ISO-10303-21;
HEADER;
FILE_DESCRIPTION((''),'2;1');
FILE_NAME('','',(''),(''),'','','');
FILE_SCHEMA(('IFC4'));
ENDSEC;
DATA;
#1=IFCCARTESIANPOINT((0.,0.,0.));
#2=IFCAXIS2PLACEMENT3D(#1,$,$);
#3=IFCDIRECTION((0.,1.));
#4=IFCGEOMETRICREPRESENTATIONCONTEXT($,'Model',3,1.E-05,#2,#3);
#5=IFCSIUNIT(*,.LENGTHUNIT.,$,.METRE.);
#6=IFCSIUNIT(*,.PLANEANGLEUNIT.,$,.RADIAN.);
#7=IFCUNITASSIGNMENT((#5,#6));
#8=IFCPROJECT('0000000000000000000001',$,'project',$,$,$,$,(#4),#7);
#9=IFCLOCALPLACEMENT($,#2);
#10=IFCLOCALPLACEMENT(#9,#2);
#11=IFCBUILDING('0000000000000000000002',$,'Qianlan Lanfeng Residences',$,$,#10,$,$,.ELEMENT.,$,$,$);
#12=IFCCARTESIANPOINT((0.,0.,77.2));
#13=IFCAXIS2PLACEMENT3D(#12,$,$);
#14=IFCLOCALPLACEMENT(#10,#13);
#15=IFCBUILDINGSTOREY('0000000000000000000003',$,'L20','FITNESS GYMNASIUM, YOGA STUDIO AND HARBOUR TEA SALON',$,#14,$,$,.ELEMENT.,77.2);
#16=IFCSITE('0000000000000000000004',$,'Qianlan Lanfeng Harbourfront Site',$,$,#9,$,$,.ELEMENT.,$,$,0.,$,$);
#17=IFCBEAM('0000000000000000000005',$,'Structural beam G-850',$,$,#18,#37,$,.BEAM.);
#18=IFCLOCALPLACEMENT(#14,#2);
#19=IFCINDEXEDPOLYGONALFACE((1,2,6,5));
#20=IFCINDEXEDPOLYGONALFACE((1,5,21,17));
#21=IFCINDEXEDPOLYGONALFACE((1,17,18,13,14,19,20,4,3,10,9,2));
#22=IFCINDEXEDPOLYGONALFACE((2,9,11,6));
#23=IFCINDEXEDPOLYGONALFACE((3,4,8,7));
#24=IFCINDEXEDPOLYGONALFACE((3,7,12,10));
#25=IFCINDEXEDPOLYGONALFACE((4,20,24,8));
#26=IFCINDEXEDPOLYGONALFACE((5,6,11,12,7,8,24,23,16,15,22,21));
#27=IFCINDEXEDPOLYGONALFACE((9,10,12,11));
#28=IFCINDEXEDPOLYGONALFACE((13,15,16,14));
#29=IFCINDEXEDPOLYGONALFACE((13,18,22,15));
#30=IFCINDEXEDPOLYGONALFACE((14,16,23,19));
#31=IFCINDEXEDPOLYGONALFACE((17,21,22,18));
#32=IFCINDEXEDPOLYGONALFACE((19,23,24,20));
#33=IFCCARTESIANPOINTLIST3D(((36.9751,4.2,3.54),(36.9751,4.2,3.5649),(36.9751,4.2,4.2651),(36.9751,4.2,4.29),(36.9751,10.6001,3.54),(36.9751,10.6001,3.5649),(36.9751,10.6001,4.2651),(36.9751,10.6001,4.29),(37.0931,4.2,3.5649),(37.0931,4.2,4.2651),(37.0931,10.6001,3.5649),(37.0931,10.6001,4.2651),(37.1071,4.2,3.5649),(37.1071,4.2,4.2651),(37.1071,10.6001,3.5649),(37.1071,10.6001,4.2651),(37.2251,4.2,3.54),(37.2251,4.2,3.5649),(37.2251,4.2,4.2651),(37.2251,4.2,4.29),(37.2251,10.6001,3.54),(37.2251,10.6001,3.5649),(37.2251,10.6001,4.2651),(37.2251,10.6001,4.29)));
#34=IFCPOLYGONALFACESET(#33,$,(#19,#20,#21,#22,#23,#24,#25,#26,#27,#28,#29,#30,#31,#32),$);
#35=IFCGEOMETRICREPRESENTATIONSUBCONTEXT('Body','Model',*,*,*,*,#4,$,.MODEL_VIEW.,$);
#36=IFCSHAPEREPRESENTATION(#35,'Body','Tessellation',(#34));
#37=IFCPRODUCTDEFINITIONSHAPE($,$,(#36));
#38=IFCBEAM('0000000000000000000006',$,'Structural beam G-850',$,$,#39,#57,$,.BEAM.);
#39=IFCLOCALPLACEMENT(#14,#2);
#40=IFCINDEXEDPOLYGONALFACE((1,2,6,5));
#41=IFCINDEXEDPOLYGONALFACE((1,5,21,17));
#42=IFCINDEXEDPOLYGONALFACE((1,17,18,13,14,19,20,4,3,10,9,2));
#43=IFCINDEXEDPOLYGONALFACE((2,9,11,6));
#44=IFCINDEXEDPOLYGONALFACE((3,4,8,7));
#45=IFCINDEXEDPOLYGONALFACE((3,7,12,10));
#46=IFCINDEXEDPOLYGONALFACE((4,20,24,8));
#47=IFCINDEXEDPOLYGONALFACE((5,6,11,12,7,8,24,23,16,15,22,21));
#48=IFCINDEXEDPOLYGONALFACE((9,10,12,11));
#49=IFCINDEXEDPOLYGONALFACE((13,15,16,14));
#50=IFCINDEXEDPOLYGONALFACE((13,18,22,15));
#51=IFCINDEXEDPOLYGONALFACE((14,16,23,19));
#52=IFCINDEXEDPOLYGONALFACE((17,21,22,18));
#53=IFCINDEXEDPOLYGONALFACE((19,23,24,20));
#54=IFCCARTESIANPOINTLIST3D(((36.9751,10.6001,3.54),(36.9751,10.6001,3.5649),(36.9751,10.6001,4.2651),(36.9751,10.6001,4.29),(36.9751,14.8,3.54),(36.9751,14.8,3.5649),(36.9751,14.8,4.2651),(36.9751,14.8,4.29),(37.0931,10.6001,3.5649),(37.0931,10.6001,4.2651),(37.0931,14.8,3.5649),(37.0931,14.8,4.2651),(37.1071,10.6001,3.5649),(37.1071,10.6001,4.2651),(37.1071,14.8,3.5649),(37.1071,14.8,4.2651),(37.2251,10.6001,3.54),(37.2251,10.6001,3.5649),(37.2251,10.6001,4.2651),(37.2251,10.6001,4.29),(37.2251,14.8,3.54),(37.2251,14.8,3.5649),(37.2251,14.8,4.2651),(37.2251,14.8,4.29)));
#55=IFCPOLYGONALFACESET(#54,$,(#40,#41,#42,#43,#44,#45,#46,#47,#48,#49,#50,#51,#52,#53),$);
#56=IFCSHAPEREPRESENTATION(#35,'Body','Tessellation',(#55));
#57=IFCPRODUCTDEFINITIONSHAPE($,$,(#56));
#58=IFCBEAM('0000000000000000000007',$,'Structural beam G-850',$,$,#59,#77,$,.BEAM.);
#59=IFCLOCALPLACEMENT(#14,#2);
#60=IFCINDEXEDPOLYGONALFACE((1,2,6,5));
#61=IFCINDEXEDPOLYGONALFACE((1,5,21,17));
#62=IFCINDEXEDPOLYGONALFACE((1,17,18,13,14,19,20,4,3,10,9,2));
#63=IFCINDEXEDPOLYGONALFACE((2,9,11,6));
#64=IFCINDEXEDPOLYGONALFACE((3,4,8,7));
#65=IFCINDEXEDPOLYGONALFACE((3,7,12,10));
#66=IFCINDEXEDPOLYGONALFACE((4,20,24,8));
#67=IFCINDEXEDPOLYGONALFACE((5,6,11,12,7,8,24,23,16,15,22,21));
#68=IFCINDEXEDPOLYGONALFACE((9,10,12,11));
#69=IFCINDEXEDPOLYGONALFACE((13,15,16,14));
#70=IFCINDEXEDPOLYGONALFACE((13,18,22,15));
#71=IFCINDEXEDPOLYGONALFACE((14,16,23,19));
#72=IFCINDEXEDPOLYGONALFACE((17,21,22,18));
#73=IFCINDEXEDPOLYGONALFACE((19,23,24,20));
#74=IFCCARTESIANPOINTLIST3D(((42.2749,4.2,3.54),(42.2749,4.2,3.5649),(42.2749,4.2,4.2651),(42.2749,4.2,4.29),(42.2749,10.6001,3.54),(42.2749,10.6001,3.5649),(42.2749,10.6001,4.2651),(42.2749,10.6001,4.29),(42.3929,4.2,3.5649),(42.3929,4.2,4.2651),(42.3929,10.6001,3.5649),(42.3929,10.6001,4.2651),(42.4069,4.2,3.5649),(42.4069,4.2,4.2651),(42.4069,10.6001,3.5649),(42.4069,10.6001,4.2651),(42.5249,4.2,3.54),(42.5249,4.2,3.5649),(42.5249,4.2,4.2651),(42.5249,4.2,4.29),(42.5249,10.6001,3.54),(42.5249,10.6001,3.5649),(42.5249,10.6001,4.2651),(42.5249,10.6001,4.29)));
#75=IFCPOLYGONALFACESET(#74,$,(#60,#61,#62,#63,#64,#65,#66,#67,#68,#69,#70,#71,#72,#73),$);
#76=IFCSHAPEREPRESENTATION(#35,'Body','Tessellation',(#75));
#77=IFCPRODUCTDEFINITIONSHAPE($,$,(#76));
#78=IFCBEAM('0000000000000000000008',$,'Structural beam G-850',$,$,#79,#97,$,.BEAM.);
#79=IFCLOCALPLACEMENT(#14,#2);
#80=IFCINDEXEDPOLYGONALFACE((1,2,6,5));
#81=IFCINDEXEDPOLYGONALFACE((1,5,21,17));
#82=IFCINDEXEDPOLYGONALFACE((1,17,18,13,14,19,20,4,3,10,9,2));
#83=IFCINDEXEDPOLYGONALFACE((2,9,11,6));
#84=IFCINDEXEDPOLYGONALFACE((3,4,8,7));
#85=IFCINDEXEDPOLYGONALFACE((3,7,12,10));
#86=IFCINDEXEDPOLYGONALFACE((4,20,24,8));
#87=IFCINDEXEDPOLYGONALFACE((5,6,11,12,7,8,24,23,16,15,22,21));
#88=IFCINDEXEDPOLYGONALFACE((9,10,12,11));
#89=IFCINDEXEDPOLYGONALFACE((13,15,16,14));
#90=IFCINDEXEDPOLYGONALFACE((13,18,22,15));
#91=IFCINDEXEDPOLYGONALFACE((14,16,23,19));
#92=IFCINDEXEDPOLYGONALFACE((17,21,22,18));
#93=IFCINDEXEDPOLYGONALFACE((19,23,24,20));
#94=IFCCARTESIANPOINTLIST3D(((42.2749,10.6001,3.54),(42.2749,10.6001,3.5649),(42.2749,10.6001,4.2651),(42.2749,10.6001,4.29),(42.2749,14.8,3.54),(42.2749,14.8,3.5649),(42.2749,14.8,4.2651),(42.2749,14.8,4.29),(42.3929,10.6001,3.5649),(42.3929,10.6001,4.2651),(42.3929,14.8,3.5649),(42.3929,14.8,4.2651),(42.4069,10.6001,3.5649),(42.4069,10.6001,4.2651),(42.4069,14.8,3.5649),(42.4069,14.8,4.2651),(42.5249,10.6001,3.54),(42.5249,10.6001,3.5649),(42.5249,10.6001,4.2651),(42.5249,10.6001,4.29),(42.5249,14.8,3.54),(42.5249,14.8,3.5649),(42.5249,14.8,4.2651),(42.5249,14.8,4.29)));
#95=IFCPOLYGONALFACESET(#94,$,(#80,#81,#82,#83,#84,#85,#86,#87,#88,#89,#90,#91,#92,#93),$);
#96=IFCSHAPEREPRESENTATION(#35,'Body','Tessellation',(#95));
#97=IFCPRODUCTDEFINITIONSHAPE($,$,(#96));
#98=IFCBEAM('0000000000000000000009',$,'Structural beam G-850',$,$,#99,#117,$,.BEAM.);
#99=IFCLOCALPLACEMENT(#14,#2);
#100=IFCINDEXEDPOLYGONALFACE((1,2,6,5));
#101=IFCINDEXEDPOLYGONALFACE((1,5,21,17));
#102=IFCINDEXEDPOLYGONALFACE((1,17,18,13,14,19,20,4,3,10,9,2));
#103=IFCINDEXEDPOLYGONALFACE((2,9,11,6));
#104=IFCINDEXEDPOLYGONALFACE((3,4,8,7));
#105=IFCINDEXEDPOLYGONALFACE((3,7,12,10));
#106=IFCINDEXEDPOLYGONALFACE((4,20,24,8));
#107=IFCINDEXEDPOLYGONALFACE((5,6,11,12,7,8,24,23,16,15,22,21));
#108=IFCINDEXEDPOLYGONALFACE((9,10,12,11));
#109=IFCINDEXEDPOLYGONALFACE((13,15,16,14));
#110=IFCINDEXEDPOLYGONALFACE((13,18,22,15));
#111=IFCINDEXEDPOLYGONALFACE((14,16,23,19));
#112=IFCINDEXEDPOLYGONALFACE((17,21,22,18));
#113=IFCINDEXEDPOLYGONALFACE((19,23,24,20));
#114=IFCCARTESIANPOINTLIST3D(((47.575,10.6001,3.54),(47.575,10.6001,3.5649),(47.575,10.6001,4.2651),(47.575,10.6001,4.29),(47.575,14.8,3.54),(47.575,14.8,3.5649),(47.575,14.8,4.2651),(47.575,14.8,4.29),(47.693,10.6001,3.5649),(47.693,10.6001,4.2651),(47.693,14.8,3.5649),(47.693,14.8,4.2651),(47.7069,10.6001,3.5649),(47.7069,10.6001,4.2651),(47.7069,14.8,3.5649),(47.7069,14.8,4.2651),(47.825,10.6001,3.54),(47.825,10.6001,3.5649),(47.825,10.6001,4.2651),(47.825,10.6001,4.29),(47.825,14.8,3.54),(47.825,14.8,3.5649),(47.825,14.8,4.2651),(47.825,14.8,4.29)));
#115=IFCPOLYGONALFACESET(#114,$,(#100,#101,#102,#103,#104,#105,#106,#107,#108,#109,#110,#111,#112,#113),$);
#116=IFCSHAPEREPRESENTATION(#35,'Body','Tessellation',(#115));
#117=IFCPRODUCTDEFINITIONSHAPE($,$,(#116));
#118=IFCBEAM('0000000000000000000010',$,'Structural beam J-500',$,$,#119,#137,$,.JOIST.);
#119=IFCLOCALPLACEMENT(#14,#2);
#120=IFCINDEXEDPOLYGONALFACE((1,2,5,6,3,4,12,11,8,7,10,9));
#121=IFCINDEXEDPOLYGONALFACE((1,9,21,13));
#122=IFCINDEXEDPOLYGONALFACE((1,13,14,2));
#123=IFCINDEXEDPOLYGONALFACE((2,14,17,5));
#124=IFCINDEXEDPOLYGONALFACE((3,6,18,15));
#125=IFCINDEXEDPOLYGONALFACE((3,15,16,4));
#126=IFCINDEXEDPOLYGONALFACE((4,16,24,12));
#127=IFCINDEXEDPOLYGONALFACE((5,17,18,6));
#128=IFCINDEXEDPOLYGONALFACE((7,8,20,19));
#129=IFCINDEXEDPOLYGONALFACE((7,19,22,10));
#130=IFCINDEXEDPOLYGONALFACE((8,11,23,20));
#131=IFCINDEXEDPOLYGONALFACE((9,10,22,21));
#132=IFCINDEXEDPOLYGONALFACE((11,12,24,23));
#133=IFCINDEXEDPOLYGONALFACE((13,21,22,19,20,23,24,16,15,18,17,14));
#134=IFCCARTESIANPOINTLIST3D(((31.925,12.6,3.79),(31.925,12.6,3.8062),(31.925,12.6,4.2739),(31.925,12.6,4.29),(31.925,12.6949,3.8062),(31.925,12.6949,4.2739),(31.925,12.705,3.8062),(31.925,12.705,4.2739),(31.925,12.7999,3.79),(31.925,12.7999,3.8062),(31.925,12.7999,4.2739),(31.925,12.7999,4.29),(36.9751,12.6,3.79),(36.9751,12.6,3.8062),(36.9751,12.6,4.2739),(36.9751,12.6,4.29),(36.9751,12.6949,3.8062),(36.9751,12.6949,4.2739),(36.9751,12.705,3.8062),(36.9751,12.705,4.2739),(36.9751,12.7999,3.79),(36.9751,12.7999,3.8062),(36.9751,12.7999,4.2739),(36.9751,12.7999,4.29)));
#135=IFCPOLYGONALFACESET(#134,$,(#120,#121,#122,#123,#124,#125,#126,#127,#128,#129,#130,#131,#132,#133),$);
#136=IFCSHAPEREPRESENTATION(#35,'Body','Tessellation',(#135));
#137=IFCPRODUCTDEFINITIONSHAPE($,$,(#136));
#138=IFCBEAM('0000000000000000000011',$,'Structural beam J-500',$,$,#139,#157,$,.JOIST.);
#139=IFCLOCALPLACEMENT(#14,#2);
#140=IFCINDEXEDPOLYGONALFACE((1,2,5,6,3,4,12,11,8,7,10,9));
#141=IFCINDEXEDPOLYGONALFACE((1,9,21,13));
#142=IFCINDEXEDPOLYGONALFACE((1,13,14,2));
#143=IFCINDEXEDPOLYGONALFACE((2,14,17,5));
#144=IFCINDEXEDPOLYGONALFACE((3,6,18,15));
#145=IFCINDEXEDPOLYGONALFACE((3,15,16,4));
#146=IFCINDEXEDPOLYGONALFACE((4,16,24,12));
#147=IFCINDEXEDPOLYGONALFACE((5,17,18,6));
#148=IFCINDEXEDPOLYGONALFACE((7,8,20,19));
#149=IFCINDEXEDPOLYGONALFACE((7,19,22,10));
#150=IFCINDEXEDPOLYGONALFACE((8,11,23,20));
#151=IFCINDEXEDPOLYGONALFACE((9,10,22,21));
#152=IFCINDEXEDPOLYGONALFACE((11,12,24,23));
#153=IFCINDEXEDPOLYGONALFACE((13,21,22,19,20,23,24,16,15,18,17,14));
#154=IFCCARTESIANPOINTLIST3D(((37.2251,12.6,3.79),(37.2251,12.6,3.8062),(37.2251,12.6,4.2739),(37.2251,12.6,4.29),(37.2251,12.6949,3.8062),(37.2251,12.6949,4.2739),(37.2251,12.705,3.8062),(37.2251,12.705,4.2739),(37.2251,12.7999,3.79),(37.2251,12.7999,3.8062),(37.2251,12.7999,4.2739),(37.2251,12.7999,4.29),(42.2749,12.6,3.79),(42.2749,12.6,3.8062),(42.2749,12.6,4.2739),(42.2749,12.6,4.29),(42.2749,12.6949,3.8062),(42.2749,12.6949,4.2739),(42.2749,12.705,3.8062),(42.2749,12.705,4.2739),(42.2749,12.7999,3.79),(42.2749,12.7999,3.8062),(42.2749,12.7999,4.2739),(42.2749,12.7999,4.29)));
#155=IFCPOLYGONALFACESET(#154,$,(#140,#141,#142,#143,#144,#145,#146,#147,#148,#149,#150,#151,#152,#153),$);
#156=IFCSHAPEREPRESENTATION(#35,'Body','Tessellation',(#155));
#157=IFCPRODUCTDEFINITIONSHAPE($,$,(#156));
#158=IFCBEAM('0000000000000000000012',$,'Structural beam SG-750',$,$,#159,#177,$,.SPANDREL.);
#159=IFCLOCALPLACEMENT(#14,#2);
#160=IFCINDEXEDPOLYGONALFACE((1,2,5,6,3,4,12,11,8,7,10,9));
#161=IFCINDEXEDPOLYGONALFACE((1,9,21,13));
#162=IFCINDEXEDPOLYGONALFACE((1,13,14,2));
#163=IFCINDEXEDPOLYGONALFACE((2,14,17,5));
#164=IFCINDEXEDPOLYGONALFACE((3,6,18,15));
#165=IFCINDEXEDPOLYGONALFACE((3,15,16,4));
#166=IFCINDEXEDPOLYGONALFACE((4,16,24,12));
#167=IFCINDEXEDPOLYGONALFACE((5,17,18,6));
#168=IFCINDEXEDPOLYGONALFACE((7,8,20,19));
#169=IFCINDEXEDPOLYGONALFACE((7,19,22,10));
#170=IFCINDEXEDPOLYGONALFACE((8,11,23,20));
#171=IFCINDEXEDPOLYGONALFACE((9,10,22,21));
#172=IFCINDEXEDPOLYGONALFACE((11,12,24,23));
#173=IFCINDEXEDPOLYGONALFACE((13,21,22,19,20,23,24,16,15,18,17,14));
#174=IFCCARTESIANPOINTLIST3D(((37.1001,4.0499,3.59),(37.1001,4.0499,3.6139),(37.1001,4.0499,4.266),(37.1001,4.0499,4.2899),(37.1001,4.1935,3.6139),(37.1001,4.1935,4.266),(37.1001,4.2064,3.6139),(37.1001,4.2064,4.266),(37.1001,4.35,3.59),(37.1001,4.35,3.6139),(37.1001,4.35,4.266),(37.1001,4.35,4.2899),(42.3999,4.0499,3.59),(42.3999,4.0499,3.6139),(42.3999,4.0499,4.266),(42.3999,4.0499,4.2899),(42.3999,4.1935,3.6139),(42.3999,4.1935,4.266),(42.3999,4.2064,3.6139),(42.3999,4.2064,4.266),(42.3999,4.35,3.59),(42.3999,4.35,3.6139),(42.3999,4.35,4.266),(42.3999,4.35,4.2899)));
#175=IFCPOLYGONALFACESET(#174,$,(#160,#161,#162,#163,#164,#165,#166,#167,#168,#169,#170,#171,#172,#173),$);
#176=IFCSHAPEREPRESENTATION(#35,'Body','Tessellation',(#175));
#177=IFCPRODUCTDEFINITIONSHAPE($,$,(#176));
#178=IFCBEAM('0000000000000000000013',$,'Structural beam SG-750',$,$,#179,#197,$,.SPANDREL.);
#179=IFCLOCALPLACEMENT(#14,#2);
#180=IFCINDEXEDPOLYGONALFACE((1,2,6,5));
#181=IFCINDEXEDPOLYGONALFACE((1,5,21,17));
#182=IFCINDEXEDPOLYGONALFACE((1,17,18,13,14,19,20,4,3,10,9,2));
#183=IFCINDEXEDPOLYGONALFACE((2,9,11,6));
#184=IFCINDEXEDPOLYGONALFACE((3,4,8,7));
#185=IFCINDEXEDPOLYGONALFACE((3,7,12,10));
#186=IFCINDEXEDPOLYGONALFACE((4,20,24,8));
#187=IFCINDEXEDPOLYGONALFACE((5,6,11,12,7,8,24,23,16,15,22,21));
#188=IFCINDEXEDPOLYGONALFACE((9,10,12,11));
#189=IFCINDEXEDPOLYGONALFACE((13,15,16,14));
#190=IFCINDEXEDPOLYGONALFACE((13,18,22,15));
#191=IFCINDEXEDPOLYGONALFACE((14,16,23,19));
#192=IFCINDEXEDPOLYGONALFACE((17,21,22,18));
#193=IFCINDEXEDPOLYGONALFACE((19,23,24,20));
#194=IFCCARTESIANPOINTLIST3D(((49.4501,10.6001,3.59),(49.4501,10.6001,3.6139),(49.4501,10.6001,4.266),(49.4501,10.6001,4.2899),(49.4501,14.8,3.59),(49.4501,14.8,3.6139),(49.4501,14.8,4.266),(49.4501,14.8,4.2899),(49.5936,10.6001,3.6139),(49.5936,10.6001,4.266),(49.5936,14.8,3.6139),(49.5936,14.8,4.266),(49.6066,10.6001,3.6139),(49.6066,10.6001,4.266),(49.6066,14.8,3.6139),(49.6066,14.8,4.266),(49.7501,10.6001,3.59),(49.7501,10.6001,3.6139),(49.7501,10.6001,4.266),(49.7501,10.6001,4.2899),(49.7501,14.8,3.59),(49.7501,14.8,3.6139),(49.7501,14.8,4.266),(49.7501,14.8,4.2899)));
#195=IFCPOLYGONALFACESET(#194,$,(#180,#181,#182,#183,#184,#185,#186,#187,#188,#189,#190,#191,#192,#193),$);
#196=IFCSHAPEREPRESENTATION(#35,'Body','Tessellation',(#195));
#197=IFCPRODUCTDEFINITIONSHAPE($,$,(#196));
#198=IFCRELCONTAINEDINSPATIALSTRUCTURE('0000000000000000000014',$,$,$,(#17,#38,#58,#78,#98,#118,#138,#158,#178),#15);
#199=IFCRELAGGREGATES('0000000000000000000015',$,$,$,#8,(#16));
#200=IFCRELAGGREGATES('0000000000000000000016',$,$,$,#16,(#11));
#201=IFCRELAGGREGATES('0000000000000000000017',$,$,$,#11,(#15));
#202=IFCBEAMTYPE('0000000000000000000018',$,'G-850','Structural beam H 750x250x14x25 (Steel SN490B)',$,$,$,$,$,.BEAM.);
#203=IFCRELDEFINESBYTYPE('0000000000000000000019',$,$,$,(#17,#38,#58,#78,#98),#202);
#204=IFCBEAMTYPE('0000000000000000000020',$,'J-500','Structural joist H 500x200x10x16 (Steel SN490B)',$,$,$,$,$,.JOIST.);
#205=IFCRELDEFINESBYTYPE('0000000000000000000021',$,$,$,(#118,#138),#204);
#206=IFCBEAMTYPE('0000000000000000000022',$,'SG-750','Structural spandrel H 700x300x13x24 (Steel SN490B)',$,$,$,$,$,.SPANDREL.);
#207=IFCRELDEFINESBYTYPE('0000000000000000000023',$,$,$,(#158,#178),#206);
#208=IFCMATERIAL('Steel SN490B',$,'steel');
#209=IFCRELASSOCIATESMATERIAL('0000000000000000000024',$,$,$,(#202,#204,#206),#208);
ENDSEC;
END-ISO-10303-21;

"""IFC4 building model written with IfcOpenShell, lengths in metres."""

from ifc_helpers import new_model, si_unit, direction, frame, origin, origin_2d, place, context, subcontext, project, spatial, i_section, extrude, material, material_profile, profile_set, type_object, element, save


model = new_model("IFC4")

# Units and contexts
model_context = context("Model", 3, precision=1e-05, world=origin(), true_north=direction((0.0, 1.0)))
body_context = subcontext(model_context, "Body", "Model", "MODEL_VIEW")
ifc_project = project(units=[si_unit("LENGTHUNIT", "METRE"), si_unit("PLANEANGLEUNIT", "RADIAN")], contexts=[model_context])

# Site, building, storey
site_placement = place(None, origin())
site = spatial("IfcSite", under=ifc_project, at=site_placement, Name="Qianlan Lanfeng Harbourfront Site", CompositionType="ELEMENT", RefElevation=0.0)
building_placement = place(site_placement, origin())
building = spatial("IfcBuilding", under=site, at=building_placement, Name="Qianlan Lanfeng Residences", CompositionType="ELEMENT")
storey_placement = place(building_placement, frame((0.0, 0.0, 77.2)))
storey = spatial("IfcBuildingStorey", under=building, at=storey_placement, Name="L20", Description="FITNESS GYMNASIUM, YOGA STUDIO AND HARBOUR TEA SALON", CompositionType="ELEMENT", Elevation=77.2)

# Shared definitions
ifc_material_1 = material(Name="Steel SN490B", Category="steel")

# Beams
ifc_material_profile_1 = material_profile(ifc_material_1, i_section(OverallWidth=0.25, OverallDepth=0.75, WebThickness=0.0139, FlangeThickness=0.0249, at=origin_2d()), Name="H 750x250x14x25")
ifc_profile_set_1 = profile_set([ifc_material_profile_1], Name="Steel SN490B")
beam_type_1 = type_object("IfcBeamType", Name="G-850", Description="Structural beam H 750x250x14x25 (Steel SN490B)", PredefinedType="BEAM", material=ifc_profile_set_1)
beam_1_placement = place(storey_placement, frame((37.1001, 4.2, 3.915), z_axis=(0.0, 1.0, 0.0), x_axis=(-1.0, 0.0, 0.0)))
element("IfcBeam", 1, at=beam_1_placement, inside=storey, type_object=beam_type_1, Name="Structural beam G-850", PredefinedType="BEAM", context=body_context, shape_type="SweptSolid", body=[
    extrude(i_section(OverallWidth=0.25, OverallDepth=0.75, WebThickness=0.0139, FlangeThickness=0.0249, at=origin_2d()), origin(), (0.0, 0.0, 1.0), 6.4001),
])
beam_2_placement = place(storey_placement, frame((37.1001, 10.6001, 3.915), z_axis=(0.0, 1.0, 0.0), x_axis=(-1.0, 0.0, 0.0)))
element("IfcBeam", 2, at=beam_2_placement, inside=storey, type_object=beam_type_1, Name="Structural beam G-850", PredefinedType="BEAM", context=body_context, shape_type="SweptSolid", body=[
    extrude(i_section(OverallWidth=0.25, OverallDepth=0.75, WebThickness=0.0139, FlangeThickness=0.0249, at=origin_2d()), origin(), (0.0, 0.0, 1.0), 4.2),
])
beam_3_placement = place(storey_placement, frame((42.3999, 4.2, 3.915), z_axis=(0.0, 1.0, 0.0), x_axis=(-1.0, 0.0, 0.0)))
element("IfcBeam", 3, at=beam_3_placement, inside=storey, type_object=beam_type_1, Name="Structural beam G-850", PredefinedType="BEAM", context=body_context, shape_type="SweptSolid", body=[
    extrude(i_section(OverallWidth=0.25, OverallDepth=0.75, WebThickness=0.0139, FlangeThickness=0.0249, at=origin_2d()), origin(), (0.0, 0.0, 1.0), 6.4001),
])
for number, where, z_axis, x_axis, name in (
    (4, (42.3999, 10.6001, 3.915), (0.0, 1.0, 0.0), (-1.0, 0.0, 0.0), "Structural beam G-850"),
    (5, (47.7, 10.6001, 3.915), (0.0, 1.0, 0.0), (-1.0, 0.0, 0.0), "Structural beam G-850"),
):
    element("IfcBeam", number, at=place(storey_placement, frame(where, z_axis=z_axis, x_axis=x_axis)), inside=storey, type_object=beam_type_1, Name=name, PredefinedType="BEAM", context=body_context, shape_type="SweptSolid", body=[
        extrude(i_section(OverallWidth=0.25, OverallDepth=0.75, WebThickness=0.0139, FlangeThickness=0.0249, at=origin_2d()), origin(), (0.0, 0.0, 1.0), 4.2),
    ])
ifc_material_profile_2 = material_profile(ifc_material_1, i_section(OverallWidth=0.2, OverallDepth=0.5, WebThickness=0.01, FlangeThickness=0.0161, at=origin_2d()), Name="H 500x200x10x16")
ifc_profile_set_2 = profile_set([ifc_material_profile_2], Name="Steel SN490B")
beam_type_2 = type_object("IfcBeamType", Name="J-500", Description="Structural joist H 500x200x10x16 (Steel SN490B)", PredefinedType="JOIST", material=ifc_profile_set_2)
beam_4_placement = place(storey_placement, frame((31.925, 12.7, 4.04), z_axis=(1.0, 0.0, 0.0), x_axis=(0.0, 1.0, 0.0)))
element("IfcBeam", 6, at=beam_4_placement, inside=storey, type_object=beam_type_2, Name="Structural beam J-500", PredefinedType="JOIST", context=body_context, shape_type="SweptSolid", body=[
    extrude(i_section(OverallWidth=0.2, OverallDepth=0.5, WebThickness=0.01, FlangeThickness=0.0161, at=origin_2d()), origin(), (0.0, 0.0, 1.0), 5.05),
])
beam_5_placement = place(storey_placement, frame((37.2251, 12.7, 4.04), z_axis=(1.0, 0.0, 0.0), x_axis=(0.0, 1.0, 0.0)))
element("IfcBeam", 7, at=beam_5_placement, inside=storey, type_object=beam_type_2, Name="Structural beam J-500", PredefinedType="JOIST", context=body_context, shape_type="SweptSolid", body=[
    extrude(i_section(OverallWidth=0.2, OverallDepth=0.5, WebThickness=0.01, FlangeThickness=0.0161, at=origin_2d()), origin(), (0.0, 0.0, 1.0), 5.0498),
])
ifc_material_profile_3 = material_profile(ifc_material_1, i_section(OverallWidth=0.3, OverallDepth=0.7, WebThickness=0.0129, FlangeThickness=0.0239, at=origin_2d()), Name="H 700x300x13x24")
ifc_profile_set_3 = profile_set([ifc_material_profile_3], Name="Steel SN490B")
beam_type_3 = type_object("IfcBeamType", Name="SG-750", Description="Structural spandrel H 700x300x13x24 (Steel SN490B)", PredefinedType="SPANDREL", material=ifc_profile_set_3)
beam_6_placement = place(storey_placement, frame((37.1001, 4.2, 3.9399), z_axis=(1.0, 0.0, 0.0), x_axis=(0.0, 1.0, 0.0)))
element("IfcBeam", 8, at=beam_6_placement, inside=storey, type_object=beam_type_3, Name="Structural beam SG-750", PredefinedType="SPANDREL", context=body_context, shape_type="SweptSolid", body=[
    extrude(i_section(OverallWidth=0.3, OverallDepth=0.7, WebThickness=0.0129, FlangeThickness=0.0239, at=origin_2d()), origin(), (0.0, 0.0, 1.0), 5.2998),
])
beam_7_placement = place(storey_placement, frame((49.6001, 10.6001, 3.9399), z_axis=(0.0, 1.0, 0.0), x_axis=(-1.0, 0.0, 0.0)))
element("IfcBeam", 9, at=beam_7_placement, inside=storey, type_object=beam_type_3, Name="Structural beam SG-750", PredefinedType="SPANDREL", context=body_context, shape_type="SweptSolid", body=[
    extrude(i_section(OverallWidth=0.3, OverallDepth=0.7, WebThickness=0.0129, FlangeThickness=0.0239, at=origin_2d()), origin(), (0.0, 0.0, 1.0), 4.2),
])

save(model, "model.ifc")
